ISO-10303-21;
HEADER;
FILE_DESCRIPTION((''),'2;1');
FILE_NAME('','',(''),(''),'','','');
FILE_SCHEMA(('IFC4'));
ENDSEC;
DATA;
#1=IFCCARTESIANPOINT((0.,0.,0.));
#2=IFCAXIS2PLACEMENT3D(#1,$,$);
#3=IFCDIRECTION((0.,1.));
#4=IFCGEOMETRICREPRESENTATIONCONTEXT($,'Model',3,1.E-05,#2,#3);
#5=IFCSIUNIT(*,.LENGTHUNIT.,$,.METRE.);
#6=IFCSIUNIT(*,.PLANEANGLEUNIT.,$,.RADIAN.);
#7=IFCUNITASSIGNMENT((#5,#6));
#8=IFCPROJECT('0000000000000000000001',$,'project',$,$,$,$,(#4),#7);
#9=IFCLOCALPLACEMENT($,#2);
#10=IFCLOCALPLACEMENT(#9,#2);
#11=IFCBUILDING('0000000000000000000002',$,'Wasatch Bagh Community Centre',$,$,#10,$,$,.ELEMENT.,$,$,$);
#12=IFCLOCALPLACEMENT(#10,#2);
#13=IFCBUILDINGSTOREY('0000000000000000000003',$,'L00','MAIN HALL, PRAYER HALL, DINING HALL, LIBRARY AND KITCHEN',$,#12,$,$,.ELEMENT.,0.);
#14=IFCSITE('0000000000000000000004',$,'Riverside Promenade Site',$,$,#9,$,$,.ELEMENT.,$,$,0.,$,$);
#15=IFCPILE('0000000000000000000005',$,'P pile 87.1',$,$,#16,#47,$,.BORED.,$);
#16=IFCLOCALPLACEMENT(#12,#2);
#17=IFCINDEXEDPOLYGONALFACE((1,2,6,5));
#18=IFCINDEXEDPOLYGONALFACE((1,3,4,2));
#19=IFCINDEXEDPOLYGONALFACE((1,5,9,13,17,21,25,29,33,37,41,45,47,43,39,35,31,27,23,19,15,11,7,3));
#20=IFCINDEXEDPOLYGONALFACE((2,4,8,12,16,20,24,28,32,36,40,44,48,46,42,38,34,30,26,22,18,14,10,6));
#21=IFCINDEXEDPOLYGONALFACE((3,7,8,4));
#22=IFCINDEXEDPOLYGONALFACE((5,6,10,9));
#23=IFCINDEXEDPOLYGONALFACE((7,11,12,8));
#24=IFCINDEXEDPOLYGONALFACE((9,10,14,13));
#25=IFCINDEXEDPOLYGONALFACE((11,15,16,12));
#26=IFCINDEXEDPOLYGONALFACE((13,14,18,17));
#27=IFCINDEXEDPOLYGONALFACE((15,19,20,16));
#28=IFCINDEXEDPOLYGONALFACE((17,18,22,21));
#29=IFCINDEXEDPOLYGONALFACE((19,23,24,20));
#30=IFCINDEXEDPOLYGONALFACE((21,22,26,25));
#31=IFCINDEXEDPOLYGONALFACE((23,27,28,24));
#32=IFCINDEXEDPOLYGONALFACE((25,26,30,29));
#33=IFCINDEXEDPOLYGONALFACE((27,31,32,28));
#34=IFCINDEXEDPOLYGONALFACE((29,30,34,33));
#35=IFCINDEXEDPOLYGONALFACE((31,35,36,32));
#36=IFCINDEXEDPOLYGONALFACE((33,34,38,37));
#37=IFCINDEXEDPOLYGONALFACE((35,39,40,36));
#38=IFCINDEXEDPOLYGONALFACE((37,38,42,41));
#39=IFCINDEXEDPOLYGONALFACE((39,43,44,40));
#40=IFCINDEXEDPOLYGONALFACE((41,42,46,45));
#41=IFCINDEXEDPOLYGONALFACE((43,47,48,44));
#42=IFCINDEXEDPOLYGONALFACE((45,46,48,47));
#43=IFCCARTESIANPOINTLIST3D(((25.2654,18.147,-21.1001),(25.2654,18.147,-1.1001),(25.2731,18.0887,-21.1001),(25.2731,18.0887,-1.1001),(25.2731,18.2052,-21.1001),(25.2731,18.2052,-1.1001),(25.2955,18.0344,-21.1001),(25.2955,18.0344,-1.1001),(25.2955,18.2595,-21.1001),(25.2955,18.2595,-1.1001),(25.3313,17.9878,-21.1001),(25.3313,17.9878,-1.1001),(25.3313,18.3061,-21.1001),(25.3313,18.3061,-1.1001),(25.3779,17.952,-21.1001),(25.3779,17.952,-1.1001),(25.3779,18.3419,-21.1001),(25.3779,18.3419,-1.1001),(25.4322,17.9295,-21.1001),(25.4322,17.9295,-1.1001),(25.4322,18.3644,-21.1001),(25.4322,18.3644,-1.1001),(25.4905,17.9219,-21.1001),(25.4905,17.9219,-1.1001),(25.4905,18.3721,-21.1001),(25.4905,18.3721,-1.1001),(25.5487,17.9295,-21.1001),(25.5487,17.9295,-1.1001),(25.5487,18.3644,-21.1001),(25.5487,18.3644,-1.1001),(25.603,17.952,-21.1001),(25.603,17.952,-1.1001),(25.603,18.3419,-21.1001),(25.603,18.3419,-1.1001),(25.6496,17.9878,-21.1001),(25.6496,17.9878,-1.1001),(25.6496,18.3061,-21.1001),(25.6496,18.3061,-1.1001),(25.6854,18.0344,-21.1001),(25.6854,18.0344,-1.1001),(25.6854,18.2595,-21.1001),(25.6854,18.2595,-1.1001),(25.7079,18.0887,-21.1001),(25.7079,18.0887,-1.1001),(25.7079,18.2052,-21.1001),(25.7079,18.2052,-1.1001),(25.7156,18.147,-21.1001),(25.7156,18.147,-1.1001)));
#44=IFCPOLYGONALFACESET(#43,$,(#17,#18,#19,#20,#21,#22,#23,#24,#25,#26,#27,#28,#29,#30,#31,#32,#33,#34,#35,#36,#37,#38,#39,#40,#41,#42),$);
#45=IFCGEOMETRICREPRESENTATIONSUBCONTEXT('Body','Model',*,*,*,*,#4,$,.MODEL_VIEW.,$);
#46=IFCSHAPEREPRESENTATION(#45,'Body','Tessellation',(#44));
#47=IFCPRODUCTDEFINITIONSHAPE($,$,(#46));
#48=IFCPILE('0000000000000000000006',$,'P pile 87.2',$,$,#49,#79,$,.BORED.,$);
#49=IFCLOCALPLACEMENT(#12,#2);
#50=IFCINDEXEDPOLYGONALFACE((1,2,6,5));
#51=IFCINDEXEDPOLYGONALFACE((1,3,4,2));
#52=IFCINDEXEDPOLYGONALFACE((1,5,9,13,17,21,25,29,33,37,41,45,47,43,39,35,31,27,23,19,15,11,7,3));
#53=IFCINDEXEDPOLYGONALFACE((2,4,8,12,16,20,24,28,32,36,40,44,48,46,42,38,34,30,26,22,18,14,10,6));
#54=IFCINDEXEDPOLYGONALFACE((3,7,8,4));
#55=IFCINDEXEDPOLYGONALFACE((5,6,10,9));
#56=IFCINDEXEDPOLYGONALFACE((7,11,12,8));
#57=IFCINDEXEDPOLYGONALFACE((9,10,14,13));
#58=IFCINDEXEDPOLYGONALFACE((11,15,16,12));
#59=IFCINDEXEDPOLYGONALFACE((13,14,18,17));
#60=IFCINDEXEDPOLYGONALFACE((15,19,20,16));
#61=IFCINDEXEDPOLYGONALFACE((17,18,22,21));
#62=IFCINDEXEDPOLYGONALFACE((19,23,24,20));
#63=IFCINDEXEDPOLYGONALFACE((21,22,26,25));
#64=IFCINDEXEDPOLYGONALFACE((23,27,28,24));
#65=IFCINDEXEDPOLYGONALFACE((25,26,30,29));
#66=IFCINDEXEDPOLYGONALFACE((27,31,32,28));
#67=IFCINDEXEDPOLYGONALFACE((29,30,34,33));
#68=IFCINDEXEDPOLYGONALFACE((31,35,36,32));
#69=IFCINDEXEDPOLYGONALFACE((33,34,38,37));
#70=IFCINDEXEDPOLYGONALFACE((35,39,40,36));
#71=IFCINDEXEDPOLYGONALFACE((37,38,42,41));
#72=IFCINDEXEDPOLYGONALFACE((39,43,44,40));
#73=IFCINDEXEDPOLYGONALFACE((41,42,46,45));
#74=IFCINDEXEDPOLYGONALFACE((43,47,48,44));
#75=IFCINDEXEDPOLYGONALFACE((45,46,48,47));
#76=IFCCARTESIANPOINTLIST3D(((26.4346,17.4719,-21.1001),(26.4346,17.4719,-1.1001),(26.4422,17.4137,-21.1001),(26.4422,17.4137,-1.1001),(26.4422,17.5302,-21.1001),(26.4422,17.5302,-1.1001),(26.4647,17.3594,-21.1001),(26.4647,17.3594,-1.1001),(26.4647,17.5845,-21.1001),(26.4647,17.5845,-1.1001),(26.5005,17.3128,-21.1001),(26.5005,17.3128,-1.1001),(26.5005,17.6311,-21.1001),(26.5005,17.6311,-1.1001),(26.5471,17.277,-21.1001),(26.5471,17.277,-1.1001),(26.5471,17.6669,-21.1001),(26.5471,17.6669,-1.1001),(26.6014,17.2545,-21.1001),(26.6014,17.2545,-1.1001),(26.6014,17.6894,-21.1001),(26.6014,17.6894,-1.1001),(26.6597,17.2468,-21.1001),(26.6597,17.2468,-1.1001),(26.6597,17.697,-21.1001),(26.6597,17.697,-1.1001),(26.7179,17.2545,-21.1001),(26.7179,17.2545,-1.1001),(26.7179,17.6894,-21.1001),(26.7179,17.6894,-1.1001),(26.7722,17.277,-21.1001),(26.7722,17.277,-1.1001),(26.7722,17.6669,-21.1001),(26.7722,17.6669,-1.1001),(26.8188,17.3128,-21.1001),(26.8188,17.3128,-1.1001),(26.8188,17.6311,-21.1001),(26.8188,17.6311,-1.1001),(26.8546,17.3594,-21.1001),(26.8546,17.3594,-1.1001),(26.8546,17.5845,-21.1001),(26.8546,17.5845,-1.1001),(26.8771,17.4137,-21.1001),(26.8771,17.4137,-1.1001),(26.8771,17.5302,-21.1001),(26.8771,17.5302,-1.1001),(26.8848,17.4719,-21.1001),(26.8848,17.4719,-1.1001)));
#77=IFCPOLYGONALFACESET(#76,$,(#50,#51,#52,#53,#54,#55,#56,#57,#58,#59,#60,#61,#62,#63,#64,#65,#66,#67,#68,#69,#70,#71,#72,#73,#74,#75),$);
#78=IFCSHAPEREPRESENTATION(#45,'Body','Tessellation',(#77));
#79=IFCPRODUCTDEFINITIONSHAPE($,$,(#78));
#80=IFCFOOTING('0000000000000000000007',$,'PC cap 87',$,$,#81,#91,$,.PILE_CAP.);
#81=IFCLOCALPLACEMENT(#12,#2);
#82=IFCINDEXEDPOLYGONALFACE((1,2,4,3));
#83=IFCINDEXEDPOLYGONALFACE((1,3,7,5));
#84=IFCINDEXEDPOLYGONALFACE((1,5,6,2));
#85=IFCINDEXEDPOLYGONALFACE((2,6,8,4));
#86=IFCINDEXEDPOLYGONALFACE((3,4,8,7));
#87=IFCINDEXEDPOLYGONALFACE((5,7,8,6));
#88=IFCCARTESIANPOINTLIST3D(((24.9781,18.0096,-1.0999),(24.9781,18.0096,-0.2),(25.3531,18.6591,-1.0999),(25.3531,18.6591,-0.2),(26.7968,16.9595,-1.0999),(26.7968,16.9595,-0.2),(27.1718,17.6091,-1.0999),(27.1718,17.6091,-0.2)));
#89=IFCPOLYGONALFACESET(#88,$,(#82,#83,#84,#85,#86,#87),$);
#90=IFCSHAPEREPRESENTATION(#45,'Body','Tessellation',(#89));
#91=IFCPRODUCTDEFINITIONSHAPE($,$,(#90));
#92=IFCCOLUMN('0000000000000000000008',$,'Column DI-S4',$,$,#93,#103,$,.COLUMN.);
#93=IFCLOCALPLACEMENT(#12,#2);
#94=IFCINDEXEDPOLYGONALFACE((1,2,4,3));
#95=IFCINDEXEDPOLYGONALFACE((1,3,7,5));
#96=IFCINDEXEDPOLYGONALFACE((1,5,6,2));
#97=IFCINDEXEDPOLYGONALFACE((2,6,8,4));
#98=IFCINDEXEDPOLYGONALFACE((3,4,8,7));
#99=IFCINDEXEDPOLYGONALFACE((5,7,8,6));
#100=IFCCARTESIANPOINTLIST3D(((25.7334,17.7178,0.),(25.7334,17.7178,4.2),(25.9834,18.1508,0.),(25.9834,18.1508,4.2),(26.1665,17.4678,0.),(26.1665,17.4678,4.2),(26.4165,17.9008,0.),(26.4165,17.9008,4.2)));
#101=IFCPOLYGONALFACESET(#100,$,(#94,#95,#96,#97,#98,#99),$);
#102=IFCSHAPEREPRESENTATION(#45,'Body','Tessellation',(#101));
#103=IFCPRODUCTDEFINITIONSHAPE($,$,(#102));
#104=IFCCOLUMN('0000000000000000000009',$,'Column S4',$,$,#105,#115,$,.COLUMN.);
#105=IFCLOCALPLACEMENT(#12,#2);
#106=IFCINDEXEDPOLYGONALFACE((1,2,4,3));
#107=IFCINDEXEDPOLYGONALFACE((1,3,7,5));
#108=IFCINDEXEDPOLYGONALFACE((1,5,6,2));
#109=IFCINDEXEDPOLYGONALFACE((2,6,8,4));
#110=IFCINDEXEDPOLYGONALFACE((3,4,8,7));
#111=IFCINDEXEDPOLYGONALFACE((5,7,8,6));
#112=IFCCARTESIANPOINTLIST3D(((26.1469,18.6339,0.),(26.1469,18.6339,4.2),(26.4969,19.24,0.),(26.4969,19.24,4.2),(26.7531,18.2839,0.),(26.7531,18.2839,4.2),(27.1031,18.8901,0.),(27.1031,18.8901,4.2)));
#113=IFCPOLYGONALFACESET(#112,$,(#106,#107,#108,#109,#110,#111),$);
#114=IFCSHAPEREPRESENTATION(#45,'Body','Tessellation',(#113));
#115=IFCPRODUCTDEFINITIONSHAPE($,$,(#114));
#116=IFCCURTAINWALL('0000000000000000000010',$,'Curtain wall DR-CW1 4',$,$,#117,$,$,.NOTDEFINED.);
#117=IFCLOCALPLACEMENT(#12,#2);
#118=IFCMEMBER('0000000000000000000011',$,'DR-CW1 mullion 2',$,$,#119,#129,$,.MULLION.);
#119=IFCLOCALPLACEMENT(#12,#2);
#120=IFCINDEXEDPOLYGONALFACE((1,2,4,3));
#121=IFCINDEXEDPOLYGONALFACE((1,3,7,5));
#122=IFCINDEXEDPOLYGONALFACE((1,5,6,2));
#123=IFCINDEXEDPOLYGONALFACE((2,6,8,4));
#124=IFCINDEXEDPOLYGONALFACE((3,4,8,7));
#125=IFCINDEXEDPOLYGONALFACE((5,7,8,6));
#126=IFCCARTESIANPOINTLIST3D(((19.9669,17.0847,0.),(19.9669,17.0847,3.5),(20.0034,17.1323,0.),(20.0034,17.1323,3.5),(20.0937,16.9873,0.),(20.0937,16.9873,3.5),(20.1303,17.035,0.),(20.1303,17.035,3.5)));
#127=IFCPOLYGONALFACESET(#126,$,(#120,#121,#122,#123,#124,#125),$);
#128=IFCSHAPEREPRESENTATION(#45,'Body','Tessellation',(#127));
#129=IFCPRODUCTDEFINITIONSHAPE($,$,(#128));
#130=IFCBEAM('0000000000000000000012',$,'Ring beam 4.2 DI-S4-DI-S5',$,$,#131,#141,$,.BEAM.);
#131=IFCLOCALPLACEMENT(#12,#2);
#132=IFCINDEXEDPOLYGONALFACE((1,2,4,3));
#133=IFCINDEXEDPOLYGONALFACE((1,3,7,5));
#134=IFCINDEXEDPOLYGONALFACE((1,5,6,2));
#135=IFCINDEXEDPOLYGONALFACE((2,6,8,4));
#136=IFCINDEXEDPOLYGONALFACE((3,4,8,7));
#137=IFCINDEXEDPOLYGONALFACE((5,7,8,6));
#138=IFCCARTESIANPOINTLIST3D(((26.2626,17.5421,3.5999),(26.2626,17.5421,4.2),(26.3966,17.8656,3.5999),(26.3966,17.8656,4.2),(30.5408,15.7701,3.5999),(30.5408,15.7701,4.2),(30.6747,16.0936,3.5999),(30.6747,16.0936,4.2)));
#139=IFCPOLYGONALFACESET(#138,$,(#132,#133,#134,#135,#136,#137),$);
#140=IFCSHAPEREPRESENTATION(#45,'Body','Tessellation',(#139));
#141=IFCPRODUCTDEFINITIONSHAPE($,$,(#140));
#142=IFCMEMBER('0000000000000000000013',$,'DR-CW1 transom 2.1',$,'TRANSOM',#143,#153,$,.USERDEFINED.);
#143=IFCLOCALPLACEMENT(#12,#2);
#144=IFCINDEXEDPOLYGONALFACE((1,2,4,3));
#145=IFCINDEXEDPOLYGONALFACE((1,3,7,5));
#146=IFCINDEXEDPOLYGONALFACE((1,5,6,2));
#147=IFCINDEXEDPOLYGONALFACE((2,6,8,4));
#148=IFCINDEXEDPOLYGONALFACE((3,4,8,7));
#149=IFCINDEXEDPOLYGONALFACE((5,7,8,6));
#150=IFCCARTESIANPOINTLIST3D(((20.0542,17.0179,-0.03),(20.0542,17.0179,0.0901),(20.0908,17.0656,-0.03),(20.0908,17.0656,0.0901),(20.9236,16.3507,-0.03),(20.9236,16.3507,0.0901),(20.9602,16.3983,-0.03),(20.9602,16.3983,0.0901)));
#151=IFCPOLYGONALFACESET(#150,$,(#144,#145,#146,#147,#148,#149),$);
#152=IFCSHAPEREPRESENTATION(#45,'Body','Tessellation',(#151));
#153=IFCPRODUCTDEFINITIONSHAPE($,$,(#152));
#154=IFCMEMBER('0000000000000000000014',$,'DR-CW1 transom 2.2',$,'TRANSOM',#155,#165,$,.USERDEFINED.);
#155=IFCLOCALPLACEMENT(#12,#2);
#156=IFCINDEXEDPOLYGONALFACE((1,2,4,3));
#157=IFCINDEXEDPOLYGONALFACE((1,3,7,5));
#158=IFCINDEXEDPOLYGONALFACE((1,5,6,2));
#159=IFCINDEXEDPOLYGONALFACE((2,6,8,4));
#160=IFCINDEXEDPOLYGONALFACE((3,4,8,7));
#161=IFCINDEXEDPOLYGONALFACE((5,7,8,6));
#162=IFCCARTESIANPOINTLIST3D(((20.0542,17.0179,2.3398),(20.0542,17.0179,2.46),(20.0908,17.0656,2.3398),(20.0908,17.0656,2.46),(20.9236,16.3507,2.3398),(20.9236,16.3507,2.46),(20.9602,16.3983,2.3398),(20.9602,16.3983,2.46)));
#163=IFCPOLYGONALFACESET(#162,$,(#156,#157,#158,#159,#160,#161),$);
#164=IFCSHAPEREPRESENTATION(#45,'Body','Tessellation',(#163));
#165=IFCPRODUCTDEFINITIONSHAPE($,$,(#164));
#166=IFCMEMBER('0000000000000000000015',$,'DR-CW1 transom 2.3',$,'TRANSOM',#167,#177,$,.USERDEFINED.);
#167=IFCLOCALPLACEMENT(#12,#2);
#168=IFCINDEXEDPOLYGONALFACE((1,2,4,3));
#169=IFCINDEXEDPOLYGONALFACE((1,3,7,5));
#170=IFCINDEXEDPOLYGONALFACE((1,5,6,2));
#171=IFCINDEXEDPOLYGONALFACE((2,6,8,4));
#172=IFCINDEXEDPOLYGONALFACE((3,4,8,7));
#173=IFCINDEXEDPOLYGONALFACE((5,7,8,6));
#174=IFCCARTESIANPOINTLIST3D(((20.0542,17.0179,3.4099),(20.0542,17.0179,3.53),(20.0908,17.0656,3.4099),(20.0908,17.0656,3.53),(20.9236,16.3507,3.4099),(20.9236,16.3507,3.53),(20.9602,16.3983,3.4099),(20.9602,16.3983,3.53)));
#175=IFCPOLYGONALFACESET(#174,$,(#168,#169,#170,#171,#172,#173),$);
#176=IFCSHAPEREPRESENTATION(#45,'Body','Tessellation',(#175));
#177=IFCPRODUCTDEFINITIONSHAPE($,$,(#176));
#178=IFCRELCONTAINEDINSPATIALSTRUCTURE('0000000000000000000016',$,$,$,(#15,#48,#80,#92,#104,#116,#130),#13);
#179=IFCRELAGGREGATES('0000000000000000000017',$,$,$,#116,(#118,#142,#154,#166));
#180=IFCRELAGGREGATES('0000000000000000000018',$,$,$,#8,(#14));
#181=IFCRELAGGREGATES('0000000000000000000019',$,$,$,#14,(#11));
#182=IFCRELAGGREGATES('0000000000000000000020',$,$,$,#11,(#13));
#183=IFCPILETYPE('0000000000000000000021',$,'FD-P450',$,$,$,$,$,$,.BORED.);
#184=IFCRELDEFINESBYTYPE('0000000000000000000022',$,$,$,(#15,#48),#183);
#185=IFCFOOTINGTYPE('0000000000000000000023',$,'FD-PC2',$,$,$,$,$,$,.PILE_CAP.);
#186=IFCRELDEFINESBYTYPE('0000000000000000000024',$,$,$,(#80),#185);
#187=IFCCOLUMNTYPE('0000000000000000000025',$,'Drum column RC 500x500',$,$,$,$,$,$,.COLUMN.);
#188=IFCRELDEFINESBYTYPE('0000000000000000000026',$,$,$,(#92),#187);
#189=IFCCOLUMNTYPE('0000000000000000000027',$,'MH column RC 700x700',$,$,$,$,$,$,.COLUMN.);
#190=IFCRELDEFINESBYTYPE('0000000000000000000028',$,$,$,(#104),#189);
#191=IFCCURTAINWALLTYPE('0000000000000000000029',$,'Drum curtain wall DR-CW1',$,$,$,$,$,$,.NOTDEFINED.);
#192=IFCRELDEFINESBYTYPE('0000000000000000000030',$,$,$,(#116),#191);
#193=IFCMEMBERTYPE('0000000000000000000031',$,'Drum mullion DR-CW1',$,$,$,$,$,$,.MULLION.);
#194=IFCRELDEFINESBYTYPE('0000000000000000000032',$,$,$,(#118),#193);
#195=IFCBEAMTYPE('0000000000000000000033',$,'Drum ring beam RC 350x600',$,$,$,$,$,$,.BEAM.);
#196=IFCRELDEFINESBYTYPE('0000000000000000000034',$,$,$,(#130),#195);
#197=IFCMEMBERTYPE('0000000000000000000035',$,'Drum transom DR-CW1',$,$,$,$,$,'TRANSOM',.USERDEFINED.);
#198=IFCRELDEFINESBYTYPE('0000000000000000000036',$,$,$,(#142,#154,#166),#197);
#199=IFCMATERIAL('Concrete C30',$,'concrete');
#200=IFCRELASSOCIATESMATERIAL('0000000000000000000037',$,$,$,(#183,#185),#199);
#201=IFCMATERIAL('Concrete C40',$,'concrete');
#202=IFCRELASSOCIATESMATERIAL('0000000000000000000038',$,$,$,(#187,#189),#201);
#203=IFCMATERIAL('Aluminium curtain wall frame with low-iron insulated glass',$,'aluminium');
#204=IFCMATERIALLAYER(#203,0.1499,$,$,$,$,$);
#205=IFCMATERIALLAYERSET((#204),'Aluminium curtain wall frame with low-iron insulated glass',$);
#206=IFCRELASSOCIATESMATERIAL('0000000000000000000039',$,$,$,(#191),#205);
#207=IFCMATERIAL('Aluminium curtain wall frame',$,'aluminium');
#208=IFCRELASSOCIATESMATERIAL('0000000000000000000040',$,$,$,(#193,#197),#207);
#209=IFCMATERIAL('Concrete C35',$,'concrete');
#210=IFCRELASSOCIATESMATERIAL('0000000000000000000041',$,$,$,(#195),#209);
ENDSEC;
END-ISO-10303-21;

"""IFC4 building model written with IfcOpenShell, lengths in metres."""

from ifc_helpers import new_model, si_unit, direction, frame, origin, origin_2d, place, context, subcontext, project, spatial, rectangle, circle, extrude, material, layer, layer_set, material_profile, profile_set, type_object, element, aggregate, save


model = new_model("IFC4")

# Units and contexts
model_context = context("Model", 3, precision=1e-05, world=origin(), true_north=direction((0.0, 1.0)))
body_context = subcontext(model_context, "Body", "Model", "MODEL_VIEW")
ifc_project = project(units=[si_unit("LENGTHUNIT", "METRE"), si_unit("PLANEANGLEUNIT", "RADIAN")], contexts=[model_context])

# Site, building, storey
site_placement = place(None, origin())
site = spatial("IfcSite", under=ifc_project, at=site_placement, Name="Riverside Promenade Site", CompositionType="ELEMENT", RefElevation=0.0)
building_placement = place(site_placement, origin())
building = spatial("IfcBuilding", under=site, at=building_placement, Name="Wasatch Bagh Community Centre", CompositionType="ELEMENT")
storey_placement = place(building_placement, origin())
storey = spatial("IfcBuildingStorey", under=building, at=storey_placement, Name="L00", Description="MAIN HALL, PRAYER HALL, DINING HALL, LIBRARY AND KITCHEN", CompositionType="ELEMENT", Elevation=0.0)

# Piles
ifc_material_1 = material(Name="Concrete C30", Category="concrete")
ifc_material_profile_1 = material_profile(ifc_material_1, circle(Radius=0.2251, at=origin_2d()), Name="RC D450")
ifc_profile_set_1 = profile_set([ifc_material_profile_1], Name="Concrete C30")
pile_type = type_object("IfcPileType", Name="FD-P450", PredefinedType="BORED", material=ifc_profile_set_1)
for number, where, z_axis, x_axis, name in (
    (1, (25.4905, 18.147, -1.1001), (0.0, 0.0, -1.0), (1.0, 0.0, 0.0), "P pile 87.1"),
    (2, (26.6597, 17.4719, -1.1001), (0.0, 0.0, -1.0), (1.0, 0.0, 0.0), "P pile 87.2"),
):
    element("IfcPile", number, at=place(storey_placement, frame(where, z_axis=z_axis, x_axis=x_axis)), inside=storey, type_object=pile_type, Name=name, PredefinedType="BORED", context=body_context, shape_type="SweptSolid", body=[
        extrude(circle(Radius=0.2251, at=origin_2d()), origin(), (0.0, 0.0, 1.0), 20.0),
    ])

# Footing
footing_type = type_object("IfcFootingType", Name="FD-PC2", PredefinedType="PILE_CAP", material=ifc_material_1)
footing_placement = place(storey_placement, frame((26.075, 17.8093, -1.0999), z_axis=(0.0, 0.0, 1.0), x_axis=(0.866025, -0.5, 0.0)))
element("IfcFooting", 3, at=footing_placement, inside=storey, type_object=footing_type, Name="PC cap 87", PredefinedType="PILE_CAP", context=body_context, shape_type="SweptSolid", body=[
    extrude(rectangle(XDim=2.1001, YDim=0.75, at=origin_2d()), origin(), (0.0, 0.0, 1.0), 0.8999),
])

# Columns
ifc_material_2 = material(Name="Concrete C40", Category="concrete")
ifc_material_profile_2 = material_profile(ifc_material_2, rectangle(XDim=0.5, YDim=0.5, at=origin_2d()), Name="RC 500x500")
ifc_profile_set_2 = profile_set([ifc_material_profile_2], Name="Concrete C40")
column_type_1 = type_object("IfcColumnType", Name="Drum column RC 500x500", PredefinedType="COLUMN", material=ifc_profile_set_2)
column_1_placement = place(storey_placement, frame((26.075, 17.8093, 0.0), z_axis=(0.0, 0.0, 1.0), x_axis=(0.5, 0.866025, 0.0)))
element("IfcColumn", 4, at=column_1_placement, inside=storey, type_object=column_type_1, Name="Column DI-S4", PredefinedType="COLUMN", context=body_context, shape_type="SweptSolid", body=[
    extrude(rectangle(XDim=0.5, YDim=0.5, at=origin_2d()), origin(), (0.0, 0.0, 1.0), 4.2),
])
ifc_material_profile_3 = material_profile(ifc_material_2, rectangle(XDim=0.7, YDim=0.7, at=origin_2d()), Name="RC 700x700")
ifc_profile_set_3 = profile_set([ifc_material_profile_3], Name="Concrete C40")
column_type_2 = type_object("IfcColumnType", Name="MH column RC 700x700", PredefinedType="COLUMN", material=ifc_profile_set_3)
column_2_placement = place(storey_placement, frame((26.625, 18.762, 0.0), z_axis=(0.0, 0.0, 1.0), x_axis=(0.5, 0.866025, 0.0)))
element("IfcColumn", 5, at=column_2_placement, inside=storey, type_object=column_type_2, Name="Column S4", PredefinedType="COLUMN", context=body_context, shape_type="SweptSolid", body=[
    extrude(rectangle(XDim=0.7, YDim=0.7, at=origin_2d()), origin(), (0.0, 0.0, 1.0), 4.2),
])

# Curtain wall, member
ifc_material_3 = material(Name="Aluminium curtain wall frame with low-iron insulated glass", Category="aluminium")
ifc_layer_1 = layer(ifc_material_3, 0.1499)
ifc_layer_set_1 = layer_set([ifc_layer_1], Name="Aluminium curtain wall frame with low-iron insulated glass")
curtain_wall_type = type_object("IfcCurtainWallType", Name="Drum curtain wall DR-CW1", PredefinedType="NOTDEFINED", material=ifc_layer_set_1)
curtain_wall_placement = place(storey_placement, origin())
curtain_wall = element("IfcCurtainWall", 6, at=curtain_wall_placement, inside=storey, type_object=curtain_wall_type, Name="Curtain wall DR-CW1 4", PredefinedType="NOTDEFINED")
ifc_material_4 = material(Name="Aluminium curtain wall frame", Category="aluminium")
ifc_material_profile_4 = material_profile(ifc_material_4, rectangle(XDim=0.0601, YDim=0.1599, at=origin_2d()), Name="Drum mullion DR-CW1")
ifc_profile_set_4 = profile_set([ifc_material_profile_4], Name="Aluminium curtain wall frame")
member_type_1 = type_object("IfcMemberType", Name="Drum mullion DR-CW1", PredefinedType="MULLION", material=ifc_profile_set_4)
member_1_placement = place(storey_placement, frame((20.0486, 17.0598, 0.0), z_axis=(0.0, 0.0, 1.0), x_axis=(0.608761, 0.793353, 0.0)))
member_1 = element("IfcMember", 7, at=member_1_placement, type_object=member_type_1, Name="DR-CW1 mullion 2", PredefinedType="MULLION", context=body_context, shape_type="SweptSolid", body=[
    extrude(rectangle(XDim=0.0601, YDim=0.1599, at=origin_2d()), origin(), (0.0, 0.0, 1.0), 3.5),
])

# Beam
ifc_material_5 = material(Name="Concrete C35", Category="concrete")
ifc_material_profile_5 = material_profile(ifc_material_5, rectangle(XDim=0.3501, YDim=0.6001, at=origin_2d()), Name="RC 350x600")
ifc_profile_set_5 = profile_set([ifc_material_profile_5], Name="Concrete C35")
beam_type_1 = type_object("IfcBeamType", Name="Drum ring beam RC 350x600", PredefinedType="BEAM", material=ifc_profile_set_5)
beam_1_placement = place(storey_placement, frame((26.3296, 17.7039, 3.8999), z_axis=(0.923884, -0.382672, 0.0), x_axis=(0.382672, 0.923884, 0.0)))
element("IfcBeam", 8, at=beam_1_placement, inside=storey, type_object=beam_type_1, Name="Ring beam 4.2 DI-S4-DI-S5", PredefinedType="BEAM", context=body_context, shape_type="SweptSolid", body=[
    extrude(rectangle(XDim=0.3501, YDim=0.6001, at=origin_2d()), origin(), (0.0, 0.0, 1.0), 4.6306),
])

# Members
ifc_material_profile_6 = material_profile(ifc_material_4, rectangle(XDim=0.0601, YDim=0.1201, at=origin_2d()), Name="Drum transom DR-CW1")
ifc_profile_set_6 = profile_set([ifc_material_profile_6], Name="Aluminium curtain wall frame")
member_type_2 = type_object("IfcMemberType", Name="Drum transom DR-CW1", ElementType="TRANSOM", PredefinedType="USERDEFINED", material=ifc_profile_set_6)
member_2_placement = place(storey_placement, frame((20.0725, 17.0417, 0.03), z_axis=(0.793294, -0.608838, 0.0), x_axis=(0.608838, 0.793294, 0.0)))
member_2 = element("IfcMember", 9, at=member_2_placement, type_object=member_type_2, Name="DR-CW1 transom 2.1", ObjectType="TRANSOM", PredefinedType="USERDEFINED", context=body_context, shape_type="SweptSolid", body=[
    extrude(rectangle(XDim=0.0601, YDim=0.1201, at=origin_2d()), origin(), (0.0, 0.0, 1.0), 1.0959),
])
member_3_placement = place(storey_placement, frame((20.0725, 17.0417, 2.3999), z_axis=(0.793294, -0.608838, 0.0), x_axis=(0.608838, 0.793294, 0.0)))
member_3 = element("IfcMember", 10, at=member_3_placement, type_object=member_type_2, Name="DR-CW1 transom 2.2", ObjectType="TRANSOM", PredefinedType="USERDEFINED", context=body_context, shape_type="SweptSolid", body=[
    extrude(rectangle(XDim=0.0601, YDim=0.1201, at=origin_2d()), origin(), (0.0, 0.0, 1.0), 1.0959),
])
member_4_placement = place(storey_placement, frame((20.0725, 17.0417, 3.47), z_axis=(0.793294, -0.608838, 0.0), x_axis=(0.608838, 0.793294, 0.0)))
member_4 = element("IfcMember", 11, at=member_4_placement, type_object=member_type_2, Name="DR-CW1 transom 2.3", ObjectType="TRANSOM", PredefinedType="USERDEFINED", context=body_context, shape_type="SweptSolid", body=[
    extrude(rectangle(XDim=0.0601, YDim=0.1201, at=origin_2d()), origin(), (0.0, 0.0, 1.0), 1.0959),
])

aggregate(curtain_wall, [member_1, member_2, member_3, member_4])

save(model, "model.ifc")
